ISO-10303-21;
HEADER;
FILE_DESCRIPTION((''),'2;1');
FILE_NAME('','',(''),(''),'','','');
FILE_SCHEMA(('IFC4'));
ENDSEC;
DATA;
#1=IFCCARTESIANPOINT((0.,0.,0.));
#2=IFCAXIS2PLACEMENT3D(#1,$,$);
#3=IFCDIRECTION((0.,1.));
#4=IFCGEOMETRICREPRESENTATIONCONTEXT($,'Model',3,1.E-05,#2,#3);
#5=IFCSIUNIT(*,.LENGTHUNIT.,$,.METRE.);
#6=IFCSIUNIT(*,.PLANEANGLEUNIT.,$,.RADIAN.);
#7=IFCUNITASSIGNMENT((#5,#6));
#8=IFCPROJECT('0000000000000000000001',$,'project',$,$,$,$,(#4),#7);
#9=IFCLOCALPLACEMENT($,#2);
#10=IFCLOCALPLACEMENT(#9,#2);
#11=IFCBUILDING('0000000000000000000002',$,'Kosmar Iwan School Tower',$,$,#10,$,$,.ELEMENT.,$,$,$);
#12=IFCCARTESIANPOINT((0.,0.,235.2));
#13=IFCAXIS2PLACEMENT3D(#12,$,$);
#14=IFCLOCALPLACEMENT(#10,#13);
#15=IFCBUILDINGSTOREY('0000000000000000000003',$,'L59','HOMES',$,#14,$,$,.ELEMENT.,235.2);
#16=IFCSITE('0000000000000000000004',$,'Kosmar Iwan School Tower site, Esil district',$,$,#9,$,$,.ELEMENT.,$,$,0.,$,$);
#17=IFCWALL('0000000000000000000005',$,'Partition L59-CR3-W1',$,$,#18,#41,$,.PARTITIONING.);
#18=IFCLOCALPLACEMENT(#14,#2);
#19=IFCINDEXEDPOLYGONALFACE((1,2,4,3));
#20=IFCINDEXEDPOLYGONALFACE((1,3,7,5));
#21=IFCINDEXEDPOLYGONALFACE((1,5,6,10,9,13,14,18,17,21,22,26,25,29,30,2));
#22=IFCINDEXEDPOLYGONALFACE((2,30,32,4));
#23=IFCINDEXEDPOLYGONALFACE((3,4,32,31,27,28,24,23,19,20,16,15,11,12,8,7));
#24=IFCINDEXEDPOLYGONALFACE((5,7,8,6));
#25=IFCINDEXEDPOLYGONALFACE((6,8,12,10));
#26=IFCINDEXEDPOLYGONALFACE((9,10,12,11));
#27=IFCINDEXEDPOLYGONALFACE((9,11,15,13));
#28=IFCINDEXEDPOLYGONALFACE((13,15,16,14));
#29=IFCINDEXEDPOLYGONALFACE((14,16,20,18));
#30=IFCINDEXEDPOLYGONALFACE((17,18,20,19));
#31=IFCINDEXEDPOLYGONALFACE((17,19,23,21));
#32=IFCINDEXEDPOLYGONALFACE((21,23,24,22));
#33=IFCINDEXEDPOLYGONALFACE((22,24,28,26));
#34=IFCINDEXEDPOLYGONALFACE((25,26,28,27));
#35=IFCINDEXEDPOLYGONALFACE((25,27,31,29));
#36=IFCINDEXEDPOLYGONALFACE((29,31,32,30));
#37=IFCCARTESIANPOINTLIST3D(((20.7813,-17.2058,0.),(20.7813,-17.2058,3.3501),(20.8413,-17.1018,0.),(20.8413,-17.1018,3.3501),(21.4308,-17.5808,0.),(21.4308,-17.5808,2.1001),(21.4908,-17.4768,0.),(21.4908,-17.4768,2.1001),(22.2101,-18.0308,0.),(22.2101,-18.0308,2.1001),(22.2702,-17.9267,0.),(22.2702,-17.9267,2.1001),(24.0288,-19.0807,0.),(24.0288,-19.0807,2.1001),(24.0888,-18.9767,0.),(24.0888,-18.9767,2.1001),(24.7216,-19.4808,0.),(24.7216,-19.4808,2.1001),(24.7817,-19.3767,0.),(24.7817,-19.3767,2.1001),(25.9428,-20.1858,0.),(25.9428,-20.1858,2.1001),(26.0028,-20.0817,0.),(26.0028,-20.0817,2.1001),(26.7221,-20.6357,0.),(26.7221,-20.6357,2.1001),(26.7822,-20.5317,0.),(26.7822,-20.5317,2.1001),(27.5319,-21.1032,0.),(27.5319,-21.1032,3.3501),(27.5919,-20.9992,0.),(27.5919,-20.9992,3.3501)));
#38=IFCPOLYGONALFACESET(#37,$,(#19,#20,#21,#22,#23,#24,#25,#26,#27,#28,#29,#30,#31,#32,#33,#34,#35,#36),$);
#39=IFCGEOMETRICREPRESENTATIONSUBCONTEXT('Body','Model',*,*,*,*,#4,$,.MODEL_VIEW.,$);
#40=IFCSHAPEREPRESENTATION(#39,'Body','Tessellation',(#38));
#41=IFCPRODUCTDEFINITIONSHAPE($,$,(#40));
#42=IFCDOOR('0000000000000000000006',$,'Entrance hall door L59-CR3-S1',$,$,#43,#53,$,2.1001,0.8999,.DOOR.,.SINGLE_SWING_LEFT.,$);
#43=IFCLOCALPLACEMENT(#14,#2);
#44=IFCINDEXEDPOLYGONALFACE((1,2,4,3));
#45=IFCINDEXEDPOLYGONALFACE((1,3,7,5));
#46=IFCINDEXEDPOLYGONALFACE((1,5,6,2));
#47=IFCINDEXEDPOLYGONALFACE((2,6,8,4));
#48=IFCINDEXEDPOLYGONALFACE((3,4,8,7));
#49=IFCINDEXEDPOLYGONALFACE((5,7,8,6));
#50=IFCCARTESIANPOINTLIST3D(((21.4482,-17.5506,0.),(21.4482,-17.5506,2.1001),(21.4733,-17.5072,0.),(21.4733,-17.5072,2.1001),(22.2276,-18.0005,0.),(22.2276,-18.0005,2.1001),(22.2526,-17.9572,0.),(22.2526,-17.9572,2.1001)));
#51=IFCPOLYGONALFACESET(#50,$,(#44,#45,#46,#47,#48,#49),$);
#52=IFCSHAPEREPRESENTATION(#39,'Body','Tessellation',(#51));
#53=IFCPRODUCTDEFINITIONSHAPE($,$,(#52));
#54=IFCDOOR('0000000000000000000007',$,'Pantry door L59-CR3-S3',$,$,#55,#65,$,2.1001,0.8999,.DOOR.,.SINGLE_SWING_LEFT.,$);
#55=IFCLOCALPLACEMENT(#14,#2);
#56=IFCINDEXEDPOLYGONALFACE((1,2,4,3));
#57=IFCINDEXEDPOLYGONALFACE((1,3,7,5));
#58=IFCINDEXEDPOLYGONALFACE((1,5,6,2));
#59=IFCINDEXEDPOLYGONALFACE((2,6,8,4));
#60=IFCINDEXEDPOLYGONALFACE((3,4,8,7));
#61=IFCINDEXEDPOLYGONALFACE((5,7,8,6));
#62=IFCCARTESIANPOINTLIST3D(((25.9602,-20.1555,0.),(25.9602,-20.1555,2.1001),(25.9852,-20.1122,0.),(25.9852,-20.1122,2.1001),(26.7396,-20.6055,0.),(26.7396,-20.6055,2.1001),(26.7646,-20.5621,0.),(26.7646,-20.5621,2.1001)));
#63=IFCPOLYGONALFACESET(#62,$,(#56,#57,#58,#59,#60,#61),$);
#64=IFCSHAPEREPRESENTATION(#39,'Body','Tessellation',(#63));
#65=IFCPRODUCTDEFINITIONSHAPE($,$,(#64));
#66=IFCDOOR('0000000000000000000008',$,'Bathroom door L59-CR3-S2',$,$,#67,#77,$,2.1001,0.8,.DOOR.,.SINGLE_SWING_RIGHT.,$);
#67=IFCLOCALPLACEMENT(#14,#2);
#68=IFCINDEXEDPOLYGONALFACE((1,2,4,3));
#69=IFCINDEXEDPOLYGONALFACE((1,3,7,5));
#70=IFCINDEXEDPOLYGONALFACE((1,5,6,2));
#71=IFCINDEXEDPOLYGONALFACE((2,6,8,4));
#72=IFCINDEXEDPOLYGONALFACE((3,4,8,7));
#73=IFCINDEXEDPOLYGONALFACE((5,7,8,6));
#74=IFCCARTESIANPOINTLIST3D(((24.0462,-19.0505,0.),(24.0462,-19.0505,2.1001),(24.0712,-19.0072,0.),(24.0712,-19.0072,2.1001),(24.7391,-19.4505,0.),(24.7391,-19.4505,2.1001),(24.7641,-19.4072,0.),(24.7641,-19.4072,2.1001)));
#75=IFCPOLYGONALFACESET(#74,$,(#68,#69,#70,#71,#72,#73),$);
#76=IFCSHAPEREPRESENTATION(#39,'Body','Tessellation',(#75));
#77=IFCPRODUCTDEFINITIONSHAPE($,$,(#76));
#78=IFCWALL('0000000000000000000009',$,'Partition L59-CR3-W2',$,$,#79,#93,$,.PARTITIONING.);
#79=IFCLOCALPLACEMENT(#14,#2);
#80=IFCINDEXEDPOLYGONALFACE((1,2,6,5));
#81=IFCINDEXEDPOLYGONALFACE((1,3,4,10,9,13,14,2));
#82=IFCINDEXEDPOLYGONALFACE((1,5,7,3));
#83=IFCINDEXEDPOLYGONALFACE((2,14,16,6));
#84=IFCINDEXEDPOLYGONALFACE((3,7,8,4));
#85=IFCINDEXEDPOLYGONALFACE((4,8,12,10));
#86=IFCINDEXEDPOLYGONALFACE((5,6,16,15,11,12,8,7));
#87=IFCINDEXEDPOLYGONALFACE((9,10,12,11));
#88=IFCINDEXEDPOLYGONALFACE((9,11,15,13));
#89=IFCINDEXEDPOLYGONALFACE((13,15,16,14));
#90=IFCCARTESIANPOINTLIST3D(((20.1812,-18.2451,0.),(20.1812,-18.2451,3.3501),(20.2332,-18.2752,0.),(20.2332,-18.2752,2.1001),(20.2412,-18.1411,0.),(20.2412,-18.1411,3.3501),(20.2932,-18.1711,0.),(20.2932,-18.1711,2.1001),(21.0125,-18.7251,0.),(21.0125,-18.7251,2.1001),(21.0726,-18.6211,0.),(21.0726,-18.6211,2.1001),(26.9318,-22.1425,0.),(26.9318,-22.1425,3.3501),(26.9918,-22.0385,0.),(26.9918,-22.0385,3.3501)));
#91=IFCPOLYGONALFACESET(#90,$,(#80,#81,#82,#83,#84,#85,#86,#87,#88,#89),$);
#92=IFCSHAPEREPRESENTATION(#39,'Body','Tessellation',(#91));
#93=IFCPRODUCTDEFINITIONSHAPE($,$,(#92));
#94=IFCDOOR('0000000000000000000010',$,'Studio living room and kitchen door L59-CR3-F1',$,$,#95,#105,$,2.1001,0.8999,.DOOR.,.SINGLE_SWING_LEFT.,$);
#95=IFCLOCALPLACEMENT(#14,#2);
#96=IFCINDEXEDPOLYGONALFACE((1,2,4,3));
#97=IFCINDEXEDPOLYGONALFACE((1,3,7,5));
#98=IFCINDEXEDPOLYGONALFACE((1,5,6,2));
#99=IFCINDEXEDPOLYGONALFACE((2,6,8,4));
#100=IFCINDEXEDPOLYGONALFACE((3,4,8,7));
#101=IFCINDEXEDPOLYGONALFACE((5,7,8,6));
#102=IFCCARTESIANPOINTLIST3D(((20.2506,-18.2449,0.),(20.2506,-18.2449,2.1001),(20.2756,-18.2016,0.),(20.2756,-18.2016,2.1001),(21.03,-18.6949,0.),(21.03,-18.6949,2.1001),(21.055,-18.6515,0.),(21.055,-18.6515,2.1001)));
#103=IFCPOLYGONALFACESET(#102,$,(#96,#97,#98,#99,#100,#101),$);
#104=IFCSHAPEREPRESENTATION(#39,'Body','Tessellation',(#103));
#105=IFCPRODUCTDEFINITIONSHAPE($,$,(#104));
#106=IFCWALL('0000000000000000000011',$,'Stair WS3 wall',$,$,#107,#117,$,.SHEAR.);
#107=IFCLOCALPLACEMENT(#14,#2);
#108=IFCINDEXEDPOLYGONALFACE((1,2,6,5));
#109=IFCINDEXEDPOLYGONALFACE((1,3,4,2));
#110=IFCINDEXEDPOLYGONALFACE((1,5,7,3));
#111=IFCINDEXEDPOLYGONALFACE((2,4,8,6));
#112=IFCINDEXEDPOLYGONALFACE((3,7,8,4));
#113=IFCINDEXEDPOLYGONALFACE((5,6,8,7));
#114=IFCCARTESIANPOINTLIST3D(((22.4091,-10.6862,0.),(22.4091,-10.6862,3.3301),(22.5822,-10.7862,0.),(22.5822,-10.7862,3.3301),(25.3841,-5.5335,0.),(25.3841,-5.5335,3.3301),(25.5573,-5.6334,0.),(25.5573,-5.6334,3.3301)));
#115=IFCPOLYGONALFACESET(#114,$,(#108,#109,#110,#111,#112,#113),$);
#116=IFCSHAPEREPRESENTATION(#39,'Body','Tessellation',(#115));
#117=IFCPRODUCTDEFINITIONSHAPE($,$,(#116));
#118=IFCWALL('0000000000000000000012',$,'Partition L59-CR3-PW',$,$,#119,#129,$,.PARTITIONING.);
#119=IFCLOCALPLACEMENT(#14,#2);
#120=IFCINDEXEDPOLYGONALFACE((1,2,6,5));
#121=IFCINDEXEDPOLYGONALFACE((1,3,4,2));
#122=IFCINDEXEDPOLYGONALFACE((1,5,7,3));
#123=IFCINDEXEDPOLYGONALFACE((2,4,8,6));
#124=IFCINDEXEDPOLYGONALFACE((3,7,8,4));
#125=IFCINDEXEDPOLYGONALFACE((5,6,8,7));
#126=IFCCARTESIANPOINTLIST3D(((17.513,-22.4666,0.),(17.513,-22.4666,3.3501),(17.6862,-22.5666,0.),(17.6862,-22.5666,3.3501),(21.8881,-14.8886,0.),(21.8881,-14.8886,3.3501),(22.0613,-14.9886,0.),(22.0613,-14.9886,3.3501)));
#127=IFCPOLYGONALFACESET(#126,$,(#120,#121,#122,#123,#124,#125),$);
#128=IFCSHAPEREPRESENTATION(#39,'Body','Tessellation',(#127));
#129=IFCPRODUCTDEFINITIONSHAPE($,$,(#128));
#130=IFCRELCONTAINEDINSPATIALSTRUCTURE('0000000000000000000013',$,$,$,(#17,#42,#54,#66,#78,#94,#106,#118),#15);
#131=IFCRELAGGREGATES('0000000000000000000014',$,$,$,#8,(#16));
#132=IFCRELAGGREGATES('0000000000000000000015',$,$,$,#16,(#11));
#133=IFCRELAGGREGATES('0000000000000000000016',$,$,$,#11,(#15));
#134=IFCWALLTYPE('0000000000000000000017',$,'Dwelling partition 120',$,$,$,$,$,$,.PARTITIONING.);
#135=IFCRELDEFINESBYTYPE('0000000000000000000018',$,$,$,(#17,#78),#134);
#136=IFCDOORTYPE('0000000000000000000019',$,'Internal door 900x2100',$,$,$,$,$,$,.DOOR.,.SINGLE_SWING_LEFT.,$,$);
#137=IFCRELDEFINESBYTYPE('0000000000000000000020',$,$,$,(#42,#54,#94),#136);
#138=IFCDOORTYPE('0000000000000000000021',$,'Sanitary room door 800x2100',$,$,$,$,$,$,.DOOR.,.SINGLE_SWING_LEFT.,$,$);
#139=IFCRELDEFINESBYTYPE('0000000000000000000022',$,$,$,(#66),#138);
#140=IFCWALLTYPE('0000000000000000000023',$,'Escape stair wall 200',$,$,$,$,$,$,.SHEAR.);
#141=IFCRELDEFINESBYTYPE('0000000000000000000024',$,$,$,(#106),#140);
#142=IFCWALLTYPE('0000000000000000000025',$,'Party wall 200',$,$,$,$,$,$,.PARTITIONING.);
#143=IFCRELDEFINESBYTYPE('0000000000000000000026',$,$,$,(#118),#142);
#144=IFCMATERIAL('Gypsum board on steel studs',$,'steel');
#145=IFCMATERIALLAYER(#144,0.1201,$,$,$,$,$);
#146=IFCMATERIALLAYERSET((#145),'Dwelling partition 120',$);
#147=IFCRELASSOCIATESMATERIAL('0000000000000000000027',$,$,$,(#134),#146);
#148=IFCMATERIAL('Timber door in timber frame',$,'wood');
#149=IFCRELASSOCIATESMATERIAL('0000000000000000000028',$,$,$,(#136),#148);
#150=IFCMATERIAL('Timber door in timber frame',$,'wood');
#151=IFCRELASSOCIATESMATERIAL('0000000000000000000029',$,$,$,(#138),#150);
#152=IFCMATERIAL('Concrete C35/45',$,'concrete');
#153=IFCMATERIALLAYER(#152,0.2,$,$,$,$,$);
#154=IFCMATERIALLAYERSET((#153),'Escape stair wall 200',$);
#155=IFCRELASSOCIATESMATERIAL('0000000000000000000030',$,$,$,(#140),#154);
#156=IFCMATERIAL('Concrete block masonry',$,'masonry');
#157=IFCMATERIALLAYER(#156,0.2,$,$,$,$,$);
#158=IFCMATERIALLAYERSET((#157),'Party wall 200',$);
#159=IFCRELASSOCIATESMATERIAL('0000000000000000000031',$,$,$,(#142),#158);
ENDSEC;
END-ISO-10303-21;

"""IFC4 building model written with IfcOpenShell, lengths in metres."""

from ifc_helpers import new_model, si_unit, direction, frame, frame_2d, origin, place, context, subcontext, project, spatial, rectangle, extrude, material, layer, layer_set, type_object, element, fill, save


model = new_model("IFC4")

# Units and contexts
model_context = context("Model", 3, precision=1e-05, world=origin(), true_north=direction((0.0, 1.0)))
body_context = subcontext(model_context, "Body", "Model", "MODEL_VIEW")
ifc_project = project(units=[si_unit("LENGTHUNIT", "METRE"), si_unit("PLANEANGLEUNIT", "RADIAN")], contexts=[model_context])

# Site, building, storey
site_placement = place(None, origin())
site = spatial("IfcSite", under=ifc_project, at=site_placement, Name="Kosmar Iwan School Tower site, Esil district", CompositionType="ELEMENT", RefElevation=0.0)
building_placement = place(site_placement, origin())
building = spatial("IfcBuilding", under=site, at=building_placement, Name="Kosmar Iwan School Tower", CompositionType="ELEMENT")
storey_placement = place(building_placement, frame((0.0, 0.0, 235.2)))
storey = spatial("IfcBuildingStorey", under=building, at=storey_placement, Name="L59", Description="HOMES", CompositionType="ELEMENT", Elevation=235.2)

# Shared definitions
ifc_material_1 = material(Name="Gypsum board on steel studs", Category="steel")
ifc_layer_1 = layer(ifc_material_1, 0.1201)
ifc_layer_set_1 = layer_set([ifc_layer_1], Name="Dwelling partition 120")
wall_type_1 = type_object("IfcWallType", Name="Dwelling partition 120", PredefinedType="PARTITIONING", material=ifc_layer_set_1)

# Wall, openings, doors
wall_1_placement = place(storey_placement, frame((20.8113, -17.1538, 0.0), z_axis=(0.0, 0.0, 1.0), x_axis=(0.86603, -0.499993, 0.0)))
wall_1 = element("IfcWall", 1, at=wall_1_placement, inside=storey, type_object=wall_type_1, Name="Partition L59-CR3-W1", PredefinedType="PARTITIONING", context=body_context, shape_type="SweptSolid", body=[
    extrude(rectangle(XDim=7.7949, YDim=0.1201, at=frame_2d((3.8975, 0.0))), origin(), (0.0, 0.0, 1.0), 3.3501),
])
opening_1_placement = place(wall_1_placement, frame((0.75, 0.0, 0.0)))
opening_1 = element("IfcOpeningElement", 2, at=opening_1_placement, cuts=wall_1, PredefinedType="OPENING", context=body_context, shape_type="SweptSolid", body=[
    extrude(rectangle(XDim=0.8999, YDim=2.1001, at=frame_2d((0.45, 1.05))), frame((0.0, 0.072, 0.0), z_axis=(0.0, -1.0, 0.0), x_axis=(1.0, 0.0, 0.0)), (0.0, 0.0, 1.0), 0.144),
])
opening_2_placement = place(wall_1_placement, frame((3.75, 0.0, 0.0)))
opening_2 = element("IfcOpeningElement", 3, at=opening_2_placement, cuts=wall_1, PredefinedType="OPENING", context=body_context, shape_type="SweptSolid", body=[
    extrude(rectangle(XDim=0.8, YDim=2.1001, at=frame_2d((0.3999, 1.05))), frame((0.0, 0.072, 0.0), z_axis=(0.0, -1.0, 0.0), x_axis=(1.0, 0.0, 0.0)), (0.0, 0.0, 1.0), 0.144),
])
opening_3_placement = place(wall_1_placement, frame((5.96, 0.0, 0.0)))
opening_3 = element("IfcOpeningElement", 4, at=opening_3_placement, cuts=wall_1, PredefinedType="OPENING", context=body_context, shape_type="SweptSolid", body=[
    extrude(rectangle(XDim=0.8999, YDim=2.1001, at=frame_2d((0.45, 1.05))), frame((0.0, 0.072, 0.0), z_axis=(0.0, -1.0, 0.0), x_axis=(1.0, 0.0, 0.0)), (0.0, 0.0, 1.0), 0.144),
])
ifc_material_2 = material(Name="Timber door in timber frame", Category="wood")
door_type_1 = type_object("IfcDoorType", Name="Internal door 900x2100", OperationType="SINGLE_SWING_LEFT", PredefinedType="DOOR", material=ifc_material_2)
door_1_placement = place(opening_1_placement, origin())
door_1 = element("IfcDoor", 5, at=door_1_placement, inside=storey, type_object=door_type_1, Name="Entrance hall door L59-CR3-S1", OperationType="SINGLE_SWING_LEFT", OverallHeight=2.1001, OverallWidth=0.8999, PredefinedType="DOOR", context=body_context, shape_type="SweptSolid", body=[
    extrude(rectangle(XDim=0.8999, YDim=2.1001, at=frame_2d((0.45, 1.05))), frame((0.0, 0.0249, 0.0), z_axis=(0.0, -1.0, 0.0), x_axis=(1.0, 0.0, 0.0)), (0.0, 0.0, 1.0), 0.05),
])
fill(opening_1, door_1)
door_2_placement = place(opening_3_placement, origin())
door_2 = element("IfcDoor", 6, at=door_2_placement, inside=storey, type_object=door_type_1, Name="Pantry door L59-CR3-S3", OperationType="SINGLE_SWING_LEFT", OverallHeight=2.1001, OverallWidth=0.8999, PredefinedType="DOOR", context=body_context, shape_type="SweptSolid", body=[
    extrude(rectangle(XDim=0.8999, YDim=2.1001, at=frame_2d((0.45, 1.05))), frame((0.0, 0.0249, 0.0), z_axis=(0.0, -1.0, 0.0), x_axis=(1.0, 0.0, 0.0)), (0.0, 0.0, 1.0), 0.05),
])
fill(opening_3, door_2)
ifc_material_3 = material(Name="Timber door in timber frame", Category="wood")
door_type_2 = type_object("IfcDoorType", Name="Sanitary room door 800x2100", OperationType="SINGLE_SWING_LEFT", PredefinedType="DOOR", material=ifc_material_3)
door_3_placement = place(opening_2_placement, origin())
door_3 = element("IfcDoor", 7, at=door_3_placement, inside=storey, type_object=door_type_2, Name="Bathroom door L59-CR3-S2", OperationType="SINGLE_SWING_RIGHT", OverallHeight=2.1001, OverallWidth=0.8, PredefinedType="DOOR", context=body_context, shape_type="SweptSolid", body=[
    extrude(rectangle(XDim=0.8, YDim=2.1001, at=frame_2d((0.3999, 1.05))), frame((0.0, 0.0249, 0.0), z_axis=(0.0, -1.0, 0.0), x_axis=(1.0, 0.0, 0.0)), (0.0, 0.0, 1.0), 0.05),
])
fill(opening_2, door_3)

# Wall, opening, door
wall_2_placement = place(storey_placement, frame((20.2112, -18.1931, 0.0), z_axis=(0.0, 0.0, 1.0), x_axis=(0.86603, -0.499993, 0.0)))
wall_2 = element("IfcWall", 8, at=wall_2_placement, inside=storey, type_object=wall_type_1, Name="Partition L59-CR3-W2", PredefinedType="PARTITIONING", context=body_context, shape_type="SweptSolid", body=[
    extrude(rectangle(XDim=7.7949, YDim=0.1201, at=frame_2d((3.8975, 0.0))), origin(), (0.0, 0.0, 1.0), 3.3501),
])
opening_4_placement = place(wall_2_placement, frame((0.0601, 0.0, 0.0)))
opening_4 = element("IfcOpeningElement", 9, at=opening_4_placement, cuts=wall_2, PredefinedType="OPENING", context=body_context, shape_type="SweptSolid", body=[
    extrude(rectangle(XDim=0.8999, YDim=2.1001, at=frame_2d((0.45, 1.05))), frame((0.0, 0.072, 0.0), z_axis=(0.0, -1.0, 0.0), x_axis=(1.0, 0.0, 0.0)), (0.0, 0.0, 1.0), 0.144),
])
door_4_placement = place(opening_4_placement, origin())
door_4 = element("IfcDoor", 10, at=door_4_placement, inside=storey, type_object=door_type_1, Name="Studio living room and kitchen door L59-CR3-F1", OperationType="SINGLE_SWING_LEFT", OverallHeight=2.1001, OverallWidth=0.8999, PredefinedType="DOOR", context=body_context, shape_type="SweptSolid", body=[
    extrude(rectangle(XDim=0.8999, YDim=2.1001, at=frame_2d((0.45, 1.05))), frame((0.0, 0.0249, 0.0), z_axis=(0.0, -1.0, 0.0), x_axis=(1.0, 0.0, 0.0)), (0.0, 0.0, 1.0), 0.05),
])
fill(opening_4, door_4)

# Walls
ifc_material_4 = material(Name="Concrete C35/45", Category="concrete")
ifc_layer_2 = layer(ifc_material_4, 0.2)
ifc_layer_set_2 = layer_set([ifc_layer_2], Name="Escape stair wall 200")
wall_type_2 = type_object("IfcWallType", Name="Escape stair wall 200", PredefinedType="SHEAR", material=ifc_layer_set_2)
wall_3_placement = place(storey_placement, frame((22.4956, -10.7363, 0.0), z_axis=(0.0, 0.0, 1.0), x_axis=(0.500014, 0.866017, 0.0)))
element("IfcWall", 11, at=wall_3_placement, inside=storey, type_object=wall_type_2, Name="Stair WS3 wall", PredefinedType="SHEAR", context=body_context, shape_type="SweptSolid", body=[
    extrude(rectangle(XDim=5.95, YDim=0.2, at=frame_2d((2.9751, 0.0))), origin(), (0.0, 0.0, 1.0), 3.3301),
])
ifc_material_5 = material(Name="Concrete block masonry", Category="masonry")
ifc_layer_3 = layer(ifc_material_5, 0.2)
ifc_layer_set_3 = layer_set([ifc_layer_3], Name="Party wall 200")
wall_type_3 = type_object("IfcWallType", Name="Party wall 200", PredefinedType="PARTITIONING", material=ifc_layer_set_3)
wall_4_placement = place(storey_placement, frame((21.9746, -14.9387, 0.0), z_axis=(0.0, 0.0, 1.0), x_axis=(-0.499992, -0.86603, 0.0)))
element("IfcWall", 12, at=wall_4_placement, inside=storey, type_object=wall_type_3, Name="Partition L59-CR3-PW", PredefinedType="PARTITIONING", context=body_context, shape_type="SweptSolid", body=[
    extrude(rectangle(XDim=8.7502, YDim=0.2, at=frame_2d((4.375, 0.0))), origin(), (0.0, 0.0, 1.0), 3.3501),
])

save(model, "model.ifc")
